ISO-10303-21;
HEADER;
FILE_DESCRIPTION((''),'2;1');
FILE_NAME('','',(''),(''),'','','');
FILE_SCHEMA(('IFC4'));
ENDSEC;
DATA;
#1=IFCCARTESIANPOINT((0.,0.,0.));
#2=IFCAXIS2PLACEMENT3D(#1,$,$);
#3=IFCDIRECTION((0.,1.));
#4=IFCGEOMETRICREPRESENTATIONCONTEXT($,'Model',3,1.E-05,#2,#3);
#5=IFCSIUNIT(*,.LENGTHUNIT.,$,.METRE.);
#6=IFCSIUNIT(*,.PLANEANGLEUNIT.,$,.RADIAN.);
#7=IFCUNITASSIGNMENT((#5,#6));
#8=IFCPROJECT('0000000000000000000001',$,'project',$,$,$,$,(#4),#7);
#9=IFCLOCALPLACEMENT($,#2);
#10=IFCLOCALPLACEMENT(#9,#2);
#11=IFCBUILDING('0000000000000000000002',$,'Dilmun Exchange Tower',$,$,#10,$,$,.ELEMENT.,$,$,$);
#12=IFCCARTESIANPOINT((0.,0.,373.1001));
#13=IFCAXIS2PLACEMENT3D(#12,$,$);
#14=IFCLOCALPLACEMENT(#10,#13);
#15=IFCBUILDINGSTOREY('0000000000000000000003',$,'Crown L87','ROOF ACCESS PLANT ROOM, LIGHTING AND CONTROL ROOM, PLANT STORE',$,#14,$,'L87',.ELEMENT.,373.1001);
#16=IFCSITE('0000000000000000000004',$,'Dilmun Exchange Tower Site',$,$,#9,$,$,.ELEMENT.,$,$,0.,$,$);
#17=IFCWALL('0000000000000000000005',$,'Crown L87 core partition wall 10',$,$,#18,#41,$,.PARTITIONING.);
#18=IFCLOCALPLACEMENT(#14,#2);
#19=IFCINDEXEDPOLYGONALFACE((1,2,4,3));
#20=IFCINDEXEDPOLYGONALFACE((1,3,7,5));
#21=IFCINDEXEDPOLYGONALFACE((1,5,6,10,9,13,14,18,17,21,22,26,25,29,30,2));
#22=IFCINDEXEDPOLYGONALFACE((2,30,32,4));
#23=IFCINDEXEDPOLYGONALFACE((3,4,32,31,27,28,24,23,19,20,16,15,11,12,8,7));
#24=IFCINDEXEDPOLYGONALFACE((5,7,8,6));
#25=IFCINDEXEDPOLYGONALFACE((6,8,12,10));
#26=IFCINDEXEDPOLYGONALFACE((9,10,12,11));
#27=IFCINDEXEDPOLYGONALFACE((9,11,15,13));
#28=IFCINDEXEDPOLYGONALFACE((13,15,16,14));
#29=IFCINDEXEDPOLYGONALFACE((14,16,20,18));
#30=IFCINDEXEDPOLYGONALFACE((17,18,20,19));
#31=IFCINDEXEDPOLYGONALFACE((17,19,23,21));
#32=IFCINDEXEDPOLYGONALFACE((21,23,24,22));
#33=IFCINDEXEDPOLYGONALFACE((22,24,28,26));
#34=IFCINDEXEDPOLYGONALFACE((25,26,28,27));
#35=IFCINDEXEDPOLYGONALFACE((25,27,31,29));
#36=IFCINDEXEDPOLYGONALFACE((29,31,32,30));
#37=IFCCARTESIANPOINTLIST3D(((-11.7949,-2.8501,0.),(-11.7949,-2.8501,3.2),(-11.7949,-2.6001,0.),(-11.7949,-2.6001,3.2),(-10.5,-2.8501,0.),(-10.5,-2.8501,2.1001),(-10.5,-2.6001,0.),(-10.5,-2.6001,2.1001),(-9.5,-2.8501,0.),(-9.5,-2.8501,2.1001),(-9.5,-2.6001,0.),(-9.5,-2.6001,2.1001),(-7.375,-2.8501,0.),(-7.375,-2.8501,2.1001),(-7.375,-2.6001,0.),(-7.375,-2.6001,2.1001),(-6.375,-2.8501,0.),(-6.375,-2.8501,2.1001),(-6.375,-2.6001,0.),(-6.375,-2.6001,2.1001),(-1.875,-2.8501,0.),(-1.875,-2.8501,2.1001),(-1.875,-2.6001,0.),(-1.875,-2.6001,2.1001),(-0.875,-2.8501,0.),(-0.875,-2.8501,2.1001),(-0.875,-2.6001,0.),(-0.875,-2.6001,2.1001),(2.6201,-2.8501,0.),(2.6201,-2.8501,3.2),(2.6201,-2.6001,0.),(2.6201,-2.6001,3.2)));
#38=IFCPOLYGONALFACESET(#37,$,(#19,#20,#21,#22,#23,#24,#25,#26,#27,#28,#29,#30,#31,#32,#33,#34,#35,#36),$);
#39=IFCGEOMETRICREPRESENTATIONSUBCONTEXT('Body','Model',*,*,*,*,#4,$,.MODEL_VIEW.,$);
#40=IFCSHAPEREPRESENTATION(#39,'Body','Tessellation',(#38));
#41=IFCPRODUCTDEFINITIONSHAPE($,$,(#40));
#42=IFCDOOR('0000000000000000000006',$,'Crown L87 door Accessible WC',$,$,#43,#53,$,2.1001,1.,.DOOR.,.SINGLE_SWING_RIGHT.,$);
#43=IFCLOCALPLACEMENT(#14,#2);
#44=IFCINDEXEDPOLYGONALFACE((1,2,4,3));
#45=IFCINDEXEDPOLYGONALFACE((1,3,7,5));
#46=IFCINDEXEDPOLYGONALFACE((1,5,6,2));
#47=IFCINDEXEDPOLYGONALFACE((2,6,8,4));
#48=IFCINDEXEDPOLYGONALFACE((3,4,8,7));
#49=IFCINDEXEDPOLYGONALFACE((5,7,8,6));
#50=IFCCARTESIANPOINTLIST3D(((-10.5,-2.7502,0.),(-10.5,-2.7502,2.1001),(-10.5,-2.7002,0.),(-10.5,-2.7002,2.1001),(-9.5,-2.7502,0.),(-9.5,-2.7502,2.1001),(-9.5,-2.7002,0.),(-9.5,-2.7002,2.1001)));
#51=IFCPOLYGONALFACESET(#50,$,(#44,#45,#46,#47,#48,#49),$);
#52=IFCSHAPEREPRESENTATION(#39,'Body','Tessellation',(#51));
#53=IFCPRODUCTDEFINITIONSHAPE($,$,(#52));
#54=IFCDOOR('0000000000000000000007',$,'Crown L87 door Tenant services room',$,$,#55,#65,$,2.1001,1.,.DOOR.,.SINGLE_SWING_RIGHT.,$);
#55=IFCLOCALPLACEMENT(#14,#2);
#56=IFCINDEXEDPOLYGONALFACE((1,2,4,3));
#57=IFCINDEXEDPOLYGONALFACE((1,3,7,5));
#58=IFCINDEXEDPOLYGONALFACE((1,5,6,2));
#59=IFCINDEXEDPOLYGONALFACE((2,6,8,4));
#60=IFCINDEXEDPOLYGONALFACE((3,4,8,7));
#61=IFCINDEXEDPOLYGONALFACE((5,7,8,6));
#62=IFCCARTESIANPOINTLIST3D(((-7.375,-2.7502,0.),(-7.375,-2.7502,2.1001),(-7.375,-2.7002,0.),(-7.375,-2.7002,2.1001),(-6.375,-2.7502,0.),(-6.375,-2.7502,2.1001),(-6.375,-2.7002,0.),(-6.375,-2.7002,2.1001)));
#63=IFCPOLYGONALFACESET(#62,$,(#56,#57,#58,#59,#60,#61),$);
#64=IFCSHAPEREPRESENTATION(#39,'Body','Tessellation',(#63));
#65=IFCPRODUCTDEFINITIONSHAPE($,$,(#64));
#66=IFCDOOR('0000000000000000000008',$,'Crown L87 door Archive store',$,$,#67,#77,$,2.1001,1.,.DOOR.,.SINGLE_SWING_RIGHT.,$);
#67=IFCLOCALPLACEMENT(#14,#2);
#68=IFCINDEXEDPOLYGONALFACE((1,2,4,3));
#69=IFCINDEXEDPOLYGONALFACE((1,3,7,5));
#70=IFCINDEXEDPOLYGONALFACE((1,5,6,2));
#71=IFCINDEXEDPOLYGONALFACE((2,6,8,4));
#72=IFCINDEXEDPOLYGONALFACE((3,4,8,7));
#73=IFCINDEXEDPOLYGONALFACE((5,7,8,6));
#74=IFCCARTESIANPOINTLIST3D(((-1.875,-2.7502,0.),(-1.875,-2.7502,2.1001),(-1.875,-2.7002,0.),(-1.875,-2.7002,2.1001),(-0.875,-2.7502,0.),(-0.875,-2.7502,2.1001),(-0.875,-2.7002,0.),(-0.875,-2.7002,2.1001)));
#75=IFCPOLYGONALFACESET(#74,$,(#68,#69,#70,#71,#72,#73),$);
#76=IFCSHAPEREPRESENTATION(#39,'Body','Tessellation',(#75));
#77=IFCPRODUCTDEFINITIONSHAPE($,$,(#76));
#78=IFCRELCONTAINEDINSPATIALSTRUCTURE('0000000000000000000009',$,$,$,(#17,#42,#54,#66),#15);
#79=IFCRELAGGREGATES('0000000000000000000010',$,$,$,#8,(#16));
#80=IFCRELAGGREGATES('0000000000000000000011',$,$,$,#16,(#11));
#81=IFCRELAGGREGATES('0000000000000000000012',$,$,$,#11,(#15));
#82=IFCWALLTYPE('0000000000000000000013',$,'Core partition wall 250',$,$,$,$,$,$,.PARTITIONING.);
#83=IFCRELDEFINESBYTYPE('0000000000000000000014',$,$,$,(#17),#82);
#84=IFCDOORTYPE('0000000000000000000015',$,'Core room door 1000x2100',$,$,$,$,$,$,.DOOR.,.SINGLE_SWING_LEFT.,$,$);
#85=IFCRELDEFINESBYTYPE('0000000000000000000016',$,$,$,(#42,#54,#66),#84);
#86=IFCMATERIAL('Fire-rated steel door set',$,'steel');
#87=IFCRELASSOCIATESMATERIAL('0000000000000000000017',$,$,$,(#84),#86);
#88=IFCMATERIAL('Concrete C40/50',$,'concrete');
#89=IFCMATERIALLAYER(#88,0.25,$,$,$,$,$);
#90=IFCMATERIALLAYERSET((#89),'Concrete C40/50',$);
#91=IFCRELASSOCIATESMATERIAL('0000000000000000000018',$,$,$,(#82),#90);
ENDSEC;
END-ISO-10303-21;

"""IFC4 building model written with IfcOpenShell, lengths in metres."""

from ifc_helpers import new_model, si_unit, direction, frame, frame_2d, origin, place, context, subcontext, project, spatial, rectangle, extrude, material, layer, layer_set, type_object, element, fill, save


model = new_model("IFC4")

# Units and contexts
model_context = context("Model", 3, precision=1e-05, world=origin(), true_north=direction((0.0, 1.0)))
body_context = subcontext(model_context, "Body", "Model", "MODEL_VIEW")
ifc_project = project(units=[si_unit("LENGTHUNIT", "METRE"), si_unit("PLANEANGLEUNIT", "RADIAN")], contexts=[model_context])

# Site, building, storey
site_placement = place(None, origin())
site = spatial("IfcSite", under=ifc_project, at=site_placement, Name="Dilmun Exchange Tower Site", CompositionType="ELEMENT", RefElevation=0.0)
building_placement = place(site_placement, origin())
building = spatial("IfcBuilding", under=site, at=building_placement, Name="Dilmun Exchange Tower", CompositionType="ELEMENT")
storey_placement = place(building_placement, frame((0.0, 0.0, 373.1001)))
storey = spatial("IfcBuildingStorey", under=building, at=storey_placement, Name="Crown L87", Description="ROOF ACCESS PLANT ROOM, LIGHTING AND CONTROL ROOM, PLANT STORE", LongName="L87", CompositionType="ELEMENT", Elevation=373.1001)

# Shared definitions
ifc_material_1 = material(Name="Concrete C40/50", Category="concrete")

# Shared definitions
ifc_material_2 = material(Name="Fire-rated steel door set", Category="steel")
door_type_1 = type_object("IfcDoorType", Name="Core room door 1000x2100", OperationType="SINGLE_SWING_LEFT", PredefinedType="DOOR", material=ifc_material_2)

# Wall, openings, doors
ifc_layer_1 = layer(ifc_material_1, 0.25)
ifc_layer_set_1 = layer_set([ifc_layer_1], Name="Concrete C40/50")
wall_type_1 = type_object("IfcWallType", Name="Core partition wall 250", PredefinedType="PARTITIONING", material=ifc_layer_set_1)
wall_1_placement = place(storey_placement, frame((-11.7949, -2.7251, 0.0), z_axis=(0.0, 0.0, 1.0), x_axis=(1.0, 0.0, 0.0)))
wall_1 = element("IfcWall", 1, at=wall_1_placement, inside=storey, type_object=wall_type_1, Name="Crown L87 core partition wall 10", PredefinedType="PARTITIONING", context=body_context, shape_type="SweptSolid", body=[
    extrude(rectangle(XDim=14.415, YDim=0.25, at=frame_2d((7.2075, 0.0))), origin(), (0.0, 0.0, 1.0), 3.2),
])
opening_1_placement = place(wall_1_placement, frame((1.2949, 0.0, 0.0)))
opening_1 = element("IfcOpeningElement", 2, at=opening_1_placement, cuts=wall_1, PredefinedType="OPENING", context=body_context, shape_type="SweptSolid", body=[
    extrude(rectangle(XDim=1.0, YDim=2.1001, at=frame_2d((0.5, 1.05))), frame((0.0, 0.135, 0.0), z_axis=(0.0, -1.0, 0.0), x_axis=(1.0, 0.0, 0.0)), (0.0, 0.0, 1.0), 0.27),
])
opening_2_placement = place(wall_1_placement, frame((4.4199, 0.0, 0.0)))
opening_2 = element("IfcOpeningElement", 3, at=opening_2_placement, cuts=wall_1, PredefinedType="OPENING", context=body_context, shape_type="SweptSolid", body=[
    extrude(rectangle(XDim=1.0, YDim=2.1001, at=frame_2d((0.5, 1.05))), frame((0.0, 0.135, 0.0), z_axis=(0.0, -1.0, 0.0), x_axis=(1.0, 0.0, 0.0)), (0.0, 0.0, 1.0), 0.27),
])
opening_3_placement = place(wall_1_placement, frame((9.9199, 0.0, 0.0)))
opening_3 = element("IfcOpeningElement", 4, at=opening_3_placement, cuts=wall_1, PredefinedType="OPENING", context=body_context, shape_type="SweptSolid", body=[
    extrude(rectangle(XDim=1.0, YDim=2.1001, at=frame_2d((0.5, 1.05))), frame((0.0, 0.135, 0.0), z_axis=(0.0, -1.0, 0.0), x_axis=(1.0, 0.0, 0.0)), (0.0, 0.0, 1.0), 0.27),
])
door_1_placement = place(opening_1_placement, origin())
door_1 = element("IfcDoor", 5, at=door_1_placement, inside=storey, type_object=door_type_1, Name="Crown L87 door Accessible WC", OperationType="SINGLE_SWING_RIGHT", OverallHeight=2.1001, OverallWidth=1.0, PredefinedType="DOOR", context=body_context, shape_type="SweptSolid", body=[
    extrude(rectangle(XDim=1.0, YDim=2.1001, at=frame_2d((0.5, 1.05))), frame((0.0, 0.0249, 0.0), z_axis=(0.0, -1.0, 0.0), x_axis=(1.0, 0.0, 0.0)), (0.0, 0.0, 1.0), 0.05),
])
fill(opening_1, door_1)
door_2_placement = place(opening_2_placement, origin())
door_2 = element("IfcDoor", 6, at=door_2_placement, inside=storey, type_object=door_type_1, Name="Crown L87 door Tenant services room", OperationType="SINGLE_SWING_RIGHT", OverallHeight=2.1001, OverallWidth=1.0, PredefinedType="DOOR", context=body_context, shape_type="SweptSolid", body=[
    extrude(rectangle(XDim=1.0, YDim=2.1001, at=frame_2d((0.5, 1.05))), frame((0.0, 0.0249, 0.0), z_axis=(0.0, -1.0, 0.0), x_axis=(1.0, 0.0, 0.0)), (0.0, 0.0, 1.0), 0.05),
])
fill(opening_2, door_2)
door_3_placement = place(opening_3_placement, origin())
door_3 = element("IfcDoor", 7, at=door_3_placement, inside=storey, type_object=door_type_1, Name="Crown L87 door Archive store", OperationType="SINGLE_SWING_RIGHT", OverallHeight=2.1001, OverallWidth=1.0, PredefinedType="DOOR", context=body_context, shape_type="SweptSolid", body=[
    extrude(rectangle(XDim=1.0, YDim=2.1001, at=frame_2d((0.5, 1.05))), frame((0.0, 0.0249, 0.0), z_axis=(0.0, -1.0, 0.0), x_axis=(1.0, 0.0, 0.0)), (0.0, 0.0, 1.0), 0.05),
])
fill(opening_3, door_3)

save(model, "model.ifc")
